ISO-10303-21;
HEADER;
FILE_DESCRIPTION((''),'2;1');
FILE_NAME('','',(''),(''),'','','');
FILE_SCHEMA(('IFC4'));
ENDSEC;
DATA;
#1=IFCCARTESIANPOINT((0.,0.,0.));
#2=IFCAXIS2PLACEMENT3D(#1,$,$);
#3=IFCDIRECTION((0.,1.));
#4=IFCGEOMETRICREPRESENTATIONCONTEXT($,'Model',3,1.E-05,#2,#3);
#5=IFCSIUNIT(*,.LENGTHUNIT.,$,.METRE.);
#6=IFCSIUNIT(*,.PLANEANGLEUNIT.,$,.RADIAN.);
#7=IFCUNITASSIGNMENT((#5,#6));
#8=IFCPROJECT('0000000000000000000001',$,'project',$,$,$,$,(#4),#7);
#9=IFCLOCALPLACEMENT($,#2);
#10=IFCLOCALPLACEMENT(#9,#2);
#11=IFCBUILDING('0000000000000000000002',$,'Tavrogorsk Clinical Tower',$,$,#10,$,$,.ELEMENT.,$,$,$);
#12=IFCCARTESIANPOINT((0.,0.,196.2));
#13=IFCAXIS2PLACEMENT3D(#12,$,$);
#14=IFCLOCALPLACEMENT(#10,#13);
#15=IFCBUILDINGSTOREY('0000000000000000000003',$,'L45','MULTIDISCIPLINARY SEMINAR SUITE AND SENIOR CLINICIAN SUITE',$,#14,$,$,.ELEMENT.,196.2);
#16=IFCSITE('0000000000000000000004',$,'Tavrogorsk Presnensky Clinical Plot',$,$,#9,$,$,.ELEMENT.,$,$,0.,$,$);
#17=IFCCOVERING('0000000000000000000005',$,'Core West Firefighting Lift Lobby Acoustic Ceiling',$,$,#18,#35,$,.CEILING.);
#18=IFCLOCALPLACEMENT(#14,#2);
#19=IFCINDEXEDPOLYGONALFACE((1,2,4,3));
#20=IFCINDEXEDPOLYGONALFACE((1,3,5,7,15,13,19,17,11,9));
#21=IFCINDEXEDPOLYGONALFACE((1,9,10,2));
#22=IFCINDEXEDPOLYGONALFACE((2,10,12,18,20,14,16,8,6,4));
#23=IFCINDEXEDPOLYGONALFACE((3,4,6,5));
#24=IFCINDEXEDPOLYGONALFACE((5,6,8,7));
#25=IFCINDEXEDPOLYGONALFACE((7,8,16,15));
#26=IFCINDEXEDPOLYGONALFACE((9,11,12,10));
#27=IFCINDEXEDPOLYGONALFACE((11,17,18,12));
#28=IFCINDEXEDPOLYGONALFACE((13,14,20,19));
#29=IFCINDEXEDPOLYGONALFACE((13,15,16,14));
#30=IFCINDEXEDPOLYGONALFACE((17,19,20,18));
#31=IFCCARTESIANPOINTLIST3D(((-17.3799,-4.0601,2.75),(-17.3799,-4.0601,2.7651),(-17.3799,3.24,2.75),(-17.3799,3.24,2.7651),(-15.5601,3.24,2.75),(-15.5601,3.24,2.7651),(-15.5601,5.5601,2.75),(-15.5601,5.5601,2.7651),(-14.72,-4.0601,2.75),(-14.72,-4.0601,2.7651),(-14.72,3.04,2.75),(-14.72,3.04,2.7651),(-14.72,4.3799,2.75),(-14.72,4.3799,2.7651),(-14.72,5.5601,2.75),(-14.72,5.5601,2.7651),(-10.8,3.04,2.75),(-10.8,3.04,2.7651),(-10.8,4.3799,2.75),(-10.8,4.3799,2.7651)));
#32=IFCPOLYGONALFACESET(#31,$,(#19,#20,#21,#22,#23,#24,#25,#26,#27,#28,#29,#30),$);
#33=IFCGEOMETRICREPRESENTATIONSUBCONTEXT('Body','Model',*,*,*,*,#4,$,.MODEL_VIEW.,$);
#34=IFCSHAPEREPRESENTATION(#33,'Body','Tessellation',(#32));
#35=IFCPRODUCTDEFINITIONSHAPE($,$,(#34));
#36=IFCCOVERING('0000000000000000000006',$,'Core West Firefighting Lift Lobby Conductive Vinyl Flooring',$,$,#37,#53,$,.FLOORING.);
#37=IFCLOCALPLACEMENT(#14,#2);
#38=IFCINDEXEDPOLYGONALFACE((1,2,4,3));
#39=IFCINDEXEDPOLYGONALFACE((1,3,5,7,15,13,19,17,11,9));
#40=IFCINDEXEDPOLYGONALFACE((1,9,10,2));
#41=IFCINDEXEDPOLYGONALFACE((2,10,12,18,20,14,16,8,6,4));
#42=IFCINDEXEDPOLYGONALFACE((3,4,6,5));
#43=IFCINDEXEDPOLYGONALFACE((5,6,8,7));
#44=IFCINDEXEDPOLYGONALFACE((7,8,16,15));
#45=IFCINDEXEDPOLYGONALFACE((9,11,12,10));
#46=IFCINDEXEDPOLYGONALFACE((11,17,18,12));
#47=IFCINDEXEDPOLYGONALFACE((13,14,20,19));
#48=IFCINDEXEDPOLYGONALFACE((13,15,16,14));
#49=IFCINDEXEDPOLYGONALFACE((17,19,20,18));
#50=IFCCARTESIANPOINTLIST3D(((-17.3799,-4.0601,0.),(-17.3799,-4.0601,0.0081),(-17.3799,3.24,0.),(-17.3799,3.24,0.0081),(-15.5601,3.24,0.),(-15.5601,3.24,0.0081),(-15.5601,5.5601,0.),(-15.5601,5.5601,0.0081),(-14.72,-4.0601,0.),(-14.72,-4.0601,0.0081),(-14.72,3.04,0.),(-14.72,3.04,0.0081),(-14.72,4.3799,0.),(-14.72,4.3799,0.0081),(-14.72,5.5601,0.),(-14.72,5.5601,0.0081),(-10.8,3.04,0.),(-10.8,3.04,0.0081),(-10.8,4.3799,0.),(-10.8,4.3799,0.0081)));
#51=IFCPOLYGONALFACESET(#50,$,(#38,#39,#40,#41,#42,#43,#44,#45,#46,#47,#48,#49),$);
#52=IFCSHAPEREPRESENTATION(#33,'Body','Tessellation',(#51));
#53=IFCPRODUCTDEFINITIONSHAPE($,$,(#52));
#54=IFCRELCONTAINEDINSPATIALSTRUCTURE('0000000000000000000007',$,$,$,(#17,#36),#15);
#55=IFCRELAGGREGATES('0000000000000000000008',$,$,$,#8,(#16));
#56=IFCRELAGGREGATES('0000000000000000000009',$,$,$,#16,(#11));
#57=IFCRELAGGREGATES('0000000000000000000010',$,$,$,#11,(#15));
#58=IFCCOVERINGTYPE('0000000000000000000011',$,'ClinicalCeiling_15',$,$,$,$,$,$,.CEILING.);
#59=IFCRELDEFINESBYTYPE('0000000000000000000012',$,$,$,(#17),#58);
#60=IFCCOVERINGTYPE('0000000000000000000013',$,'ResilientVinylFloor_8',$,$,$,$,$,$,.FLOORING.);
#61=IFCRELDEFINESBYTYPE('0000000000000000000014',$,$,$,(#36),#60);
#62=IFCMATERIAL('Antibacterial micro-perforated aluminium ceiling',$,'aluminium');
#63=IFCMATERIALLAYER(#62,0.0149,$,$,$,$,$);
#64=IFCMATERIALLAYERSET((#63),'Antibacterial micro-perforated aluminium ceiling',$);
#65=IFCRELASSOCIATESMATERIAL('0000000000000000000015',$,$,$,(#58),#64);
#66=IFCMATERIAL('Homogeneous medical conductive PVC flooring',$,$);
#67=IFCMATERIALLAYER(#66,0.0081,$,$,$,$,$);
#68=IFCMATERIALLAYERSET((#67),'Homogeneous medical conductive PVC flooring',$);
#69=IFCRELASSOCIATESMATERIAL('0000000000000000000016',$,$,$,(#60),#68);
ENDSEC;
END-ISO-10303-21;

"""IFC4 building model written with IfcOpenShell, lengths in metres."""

from ifc_helpers import new_model, si_unit, direction, frame, origin, place, context, subcontext, project, spatial, polyline, outline, extrude, material, layer, layer_set, type_object, element, save


model = new_model("IFC4")

# Units and contexts
model_context = context("Model", 3, precision=1e-05, world=origin(), true_north=direction((0.0, 1.0)))
body_context = subcontext(model_context, "Body", "Model", "MODEL_VIEW")
ifc_project = project(units=[si_unit("LENGTHUNIT", "METRE"), si_unit("PLANEANGLEUNIT", "RADIAN")], contexts=[model_context])

# Site, building, storey
site_placement = place(None, origin())
site = spatial("IfcSite", under=ifc_project, at=site_placement, Name="Tavrogorsk Presnensky Clinical Plot", CompositionType="ELEMENT", RefElevation=0.0)
building_placement = place(site_placement, origin())
building = spatial("IfcBuilding", under=site, at=building_placement, Name="Tavrogorsk Clinical Tower", CompositionType="ELEMENT")
storey_placement = place(building_placement, frame((0.0, 0.0, 196.2)))
storey = spatial("IfcBuildingStorey", under=building, at=storey_placement, Name="L45", Description="MULTIDISCIPLINARY SEMINAR SUITE AND SENIOR CLINICIAN SUITE", CompositionType="ELEMENT", Elevation=196.2)

# Coverings
ifc_material_1 = material(Name="Antibacterial micro-perforated aluminium ceiling", Category="aluminium")
ifc_layer_1 = layer(ifc_material_1, 0.0149)
ifc_layer_set_1 = layer_set([ifc_layer_1], Name="Antibacterial micro-perforated aluminium ceiling")
covering_type_1 = type_object("IfcCoveringType", Name="ClinicalCeiling_15", PredefinedType="CEILING", material=ifc_layer_set_1)
covering_1_placement = place(storey_placement, frame((0.0, 0.0, 2.75)))
element("IfcCovering", 1, at=covering_1_placement, inside=storey, type_object=covering_type_1, Name="Core West Firefighting Lift Lobby Acoustic Ceiling", PredefinedType="CEILING", context=body_context, shape_type="SweptSolid", body=[
    extrude(outline(polyline([(-14.72, 4.3799), (-10.8, 4.3799), (-10.8, 3.04), (-14.72, 3.04), (-14.72, -4.0601), (-17.3799, -4.0601), (-17.3799, 3.24), (-15.5601, 3.24), (-15.5601, 5.5601), (-14.72, 5.5601), (-14.72, 4.3799)])), origin(), (0.0, 0.0, 1.0), 0.0151),
])
ifc_material_2 = material(Name="Homogeneous medical conductive PVC flooring")
ifc_layer_2 = layer(ifc_material_2, 0.0081)
ifc_layer_set_2 = layer_set([ifc_layer_2], Name="Homogeneous medical conductive PVC flooring")
covering_type_2 = type_object("IfcCoveringType", Name="ResilientVinylFloor_8", PredefinedType="FLOORING", material=ifc_layer_set_2)
covering_2_placement = place(storey_placement, origin())
element("IfcCovering", 2, at=covering_2_placement, inside=storey, type_object=covering_type_2, Name="Core West Firefighting Lift Lobby Conductive Vinyl Flooring", PredefinedType="FLOORING", context=body_context, shape_type="SweptSolid", body=[
    extrude(outline(polyline([(-14.72, 4.3799), (-10.8, 4.3799), (-10.8, 3.04), (-14.72, 3.04), (-14.72, -4.0601), (-17.3799, -4.0601), (-17.3799, 3.24), (-15.5601, 3.24), (-15.5601, 5.5601), (-14.72, 5.5601), (-14.72, 4.3799)])), origin(), (0.0, 0.0, 1.0), 0.0081),
])

save(model, "model.ifc")
